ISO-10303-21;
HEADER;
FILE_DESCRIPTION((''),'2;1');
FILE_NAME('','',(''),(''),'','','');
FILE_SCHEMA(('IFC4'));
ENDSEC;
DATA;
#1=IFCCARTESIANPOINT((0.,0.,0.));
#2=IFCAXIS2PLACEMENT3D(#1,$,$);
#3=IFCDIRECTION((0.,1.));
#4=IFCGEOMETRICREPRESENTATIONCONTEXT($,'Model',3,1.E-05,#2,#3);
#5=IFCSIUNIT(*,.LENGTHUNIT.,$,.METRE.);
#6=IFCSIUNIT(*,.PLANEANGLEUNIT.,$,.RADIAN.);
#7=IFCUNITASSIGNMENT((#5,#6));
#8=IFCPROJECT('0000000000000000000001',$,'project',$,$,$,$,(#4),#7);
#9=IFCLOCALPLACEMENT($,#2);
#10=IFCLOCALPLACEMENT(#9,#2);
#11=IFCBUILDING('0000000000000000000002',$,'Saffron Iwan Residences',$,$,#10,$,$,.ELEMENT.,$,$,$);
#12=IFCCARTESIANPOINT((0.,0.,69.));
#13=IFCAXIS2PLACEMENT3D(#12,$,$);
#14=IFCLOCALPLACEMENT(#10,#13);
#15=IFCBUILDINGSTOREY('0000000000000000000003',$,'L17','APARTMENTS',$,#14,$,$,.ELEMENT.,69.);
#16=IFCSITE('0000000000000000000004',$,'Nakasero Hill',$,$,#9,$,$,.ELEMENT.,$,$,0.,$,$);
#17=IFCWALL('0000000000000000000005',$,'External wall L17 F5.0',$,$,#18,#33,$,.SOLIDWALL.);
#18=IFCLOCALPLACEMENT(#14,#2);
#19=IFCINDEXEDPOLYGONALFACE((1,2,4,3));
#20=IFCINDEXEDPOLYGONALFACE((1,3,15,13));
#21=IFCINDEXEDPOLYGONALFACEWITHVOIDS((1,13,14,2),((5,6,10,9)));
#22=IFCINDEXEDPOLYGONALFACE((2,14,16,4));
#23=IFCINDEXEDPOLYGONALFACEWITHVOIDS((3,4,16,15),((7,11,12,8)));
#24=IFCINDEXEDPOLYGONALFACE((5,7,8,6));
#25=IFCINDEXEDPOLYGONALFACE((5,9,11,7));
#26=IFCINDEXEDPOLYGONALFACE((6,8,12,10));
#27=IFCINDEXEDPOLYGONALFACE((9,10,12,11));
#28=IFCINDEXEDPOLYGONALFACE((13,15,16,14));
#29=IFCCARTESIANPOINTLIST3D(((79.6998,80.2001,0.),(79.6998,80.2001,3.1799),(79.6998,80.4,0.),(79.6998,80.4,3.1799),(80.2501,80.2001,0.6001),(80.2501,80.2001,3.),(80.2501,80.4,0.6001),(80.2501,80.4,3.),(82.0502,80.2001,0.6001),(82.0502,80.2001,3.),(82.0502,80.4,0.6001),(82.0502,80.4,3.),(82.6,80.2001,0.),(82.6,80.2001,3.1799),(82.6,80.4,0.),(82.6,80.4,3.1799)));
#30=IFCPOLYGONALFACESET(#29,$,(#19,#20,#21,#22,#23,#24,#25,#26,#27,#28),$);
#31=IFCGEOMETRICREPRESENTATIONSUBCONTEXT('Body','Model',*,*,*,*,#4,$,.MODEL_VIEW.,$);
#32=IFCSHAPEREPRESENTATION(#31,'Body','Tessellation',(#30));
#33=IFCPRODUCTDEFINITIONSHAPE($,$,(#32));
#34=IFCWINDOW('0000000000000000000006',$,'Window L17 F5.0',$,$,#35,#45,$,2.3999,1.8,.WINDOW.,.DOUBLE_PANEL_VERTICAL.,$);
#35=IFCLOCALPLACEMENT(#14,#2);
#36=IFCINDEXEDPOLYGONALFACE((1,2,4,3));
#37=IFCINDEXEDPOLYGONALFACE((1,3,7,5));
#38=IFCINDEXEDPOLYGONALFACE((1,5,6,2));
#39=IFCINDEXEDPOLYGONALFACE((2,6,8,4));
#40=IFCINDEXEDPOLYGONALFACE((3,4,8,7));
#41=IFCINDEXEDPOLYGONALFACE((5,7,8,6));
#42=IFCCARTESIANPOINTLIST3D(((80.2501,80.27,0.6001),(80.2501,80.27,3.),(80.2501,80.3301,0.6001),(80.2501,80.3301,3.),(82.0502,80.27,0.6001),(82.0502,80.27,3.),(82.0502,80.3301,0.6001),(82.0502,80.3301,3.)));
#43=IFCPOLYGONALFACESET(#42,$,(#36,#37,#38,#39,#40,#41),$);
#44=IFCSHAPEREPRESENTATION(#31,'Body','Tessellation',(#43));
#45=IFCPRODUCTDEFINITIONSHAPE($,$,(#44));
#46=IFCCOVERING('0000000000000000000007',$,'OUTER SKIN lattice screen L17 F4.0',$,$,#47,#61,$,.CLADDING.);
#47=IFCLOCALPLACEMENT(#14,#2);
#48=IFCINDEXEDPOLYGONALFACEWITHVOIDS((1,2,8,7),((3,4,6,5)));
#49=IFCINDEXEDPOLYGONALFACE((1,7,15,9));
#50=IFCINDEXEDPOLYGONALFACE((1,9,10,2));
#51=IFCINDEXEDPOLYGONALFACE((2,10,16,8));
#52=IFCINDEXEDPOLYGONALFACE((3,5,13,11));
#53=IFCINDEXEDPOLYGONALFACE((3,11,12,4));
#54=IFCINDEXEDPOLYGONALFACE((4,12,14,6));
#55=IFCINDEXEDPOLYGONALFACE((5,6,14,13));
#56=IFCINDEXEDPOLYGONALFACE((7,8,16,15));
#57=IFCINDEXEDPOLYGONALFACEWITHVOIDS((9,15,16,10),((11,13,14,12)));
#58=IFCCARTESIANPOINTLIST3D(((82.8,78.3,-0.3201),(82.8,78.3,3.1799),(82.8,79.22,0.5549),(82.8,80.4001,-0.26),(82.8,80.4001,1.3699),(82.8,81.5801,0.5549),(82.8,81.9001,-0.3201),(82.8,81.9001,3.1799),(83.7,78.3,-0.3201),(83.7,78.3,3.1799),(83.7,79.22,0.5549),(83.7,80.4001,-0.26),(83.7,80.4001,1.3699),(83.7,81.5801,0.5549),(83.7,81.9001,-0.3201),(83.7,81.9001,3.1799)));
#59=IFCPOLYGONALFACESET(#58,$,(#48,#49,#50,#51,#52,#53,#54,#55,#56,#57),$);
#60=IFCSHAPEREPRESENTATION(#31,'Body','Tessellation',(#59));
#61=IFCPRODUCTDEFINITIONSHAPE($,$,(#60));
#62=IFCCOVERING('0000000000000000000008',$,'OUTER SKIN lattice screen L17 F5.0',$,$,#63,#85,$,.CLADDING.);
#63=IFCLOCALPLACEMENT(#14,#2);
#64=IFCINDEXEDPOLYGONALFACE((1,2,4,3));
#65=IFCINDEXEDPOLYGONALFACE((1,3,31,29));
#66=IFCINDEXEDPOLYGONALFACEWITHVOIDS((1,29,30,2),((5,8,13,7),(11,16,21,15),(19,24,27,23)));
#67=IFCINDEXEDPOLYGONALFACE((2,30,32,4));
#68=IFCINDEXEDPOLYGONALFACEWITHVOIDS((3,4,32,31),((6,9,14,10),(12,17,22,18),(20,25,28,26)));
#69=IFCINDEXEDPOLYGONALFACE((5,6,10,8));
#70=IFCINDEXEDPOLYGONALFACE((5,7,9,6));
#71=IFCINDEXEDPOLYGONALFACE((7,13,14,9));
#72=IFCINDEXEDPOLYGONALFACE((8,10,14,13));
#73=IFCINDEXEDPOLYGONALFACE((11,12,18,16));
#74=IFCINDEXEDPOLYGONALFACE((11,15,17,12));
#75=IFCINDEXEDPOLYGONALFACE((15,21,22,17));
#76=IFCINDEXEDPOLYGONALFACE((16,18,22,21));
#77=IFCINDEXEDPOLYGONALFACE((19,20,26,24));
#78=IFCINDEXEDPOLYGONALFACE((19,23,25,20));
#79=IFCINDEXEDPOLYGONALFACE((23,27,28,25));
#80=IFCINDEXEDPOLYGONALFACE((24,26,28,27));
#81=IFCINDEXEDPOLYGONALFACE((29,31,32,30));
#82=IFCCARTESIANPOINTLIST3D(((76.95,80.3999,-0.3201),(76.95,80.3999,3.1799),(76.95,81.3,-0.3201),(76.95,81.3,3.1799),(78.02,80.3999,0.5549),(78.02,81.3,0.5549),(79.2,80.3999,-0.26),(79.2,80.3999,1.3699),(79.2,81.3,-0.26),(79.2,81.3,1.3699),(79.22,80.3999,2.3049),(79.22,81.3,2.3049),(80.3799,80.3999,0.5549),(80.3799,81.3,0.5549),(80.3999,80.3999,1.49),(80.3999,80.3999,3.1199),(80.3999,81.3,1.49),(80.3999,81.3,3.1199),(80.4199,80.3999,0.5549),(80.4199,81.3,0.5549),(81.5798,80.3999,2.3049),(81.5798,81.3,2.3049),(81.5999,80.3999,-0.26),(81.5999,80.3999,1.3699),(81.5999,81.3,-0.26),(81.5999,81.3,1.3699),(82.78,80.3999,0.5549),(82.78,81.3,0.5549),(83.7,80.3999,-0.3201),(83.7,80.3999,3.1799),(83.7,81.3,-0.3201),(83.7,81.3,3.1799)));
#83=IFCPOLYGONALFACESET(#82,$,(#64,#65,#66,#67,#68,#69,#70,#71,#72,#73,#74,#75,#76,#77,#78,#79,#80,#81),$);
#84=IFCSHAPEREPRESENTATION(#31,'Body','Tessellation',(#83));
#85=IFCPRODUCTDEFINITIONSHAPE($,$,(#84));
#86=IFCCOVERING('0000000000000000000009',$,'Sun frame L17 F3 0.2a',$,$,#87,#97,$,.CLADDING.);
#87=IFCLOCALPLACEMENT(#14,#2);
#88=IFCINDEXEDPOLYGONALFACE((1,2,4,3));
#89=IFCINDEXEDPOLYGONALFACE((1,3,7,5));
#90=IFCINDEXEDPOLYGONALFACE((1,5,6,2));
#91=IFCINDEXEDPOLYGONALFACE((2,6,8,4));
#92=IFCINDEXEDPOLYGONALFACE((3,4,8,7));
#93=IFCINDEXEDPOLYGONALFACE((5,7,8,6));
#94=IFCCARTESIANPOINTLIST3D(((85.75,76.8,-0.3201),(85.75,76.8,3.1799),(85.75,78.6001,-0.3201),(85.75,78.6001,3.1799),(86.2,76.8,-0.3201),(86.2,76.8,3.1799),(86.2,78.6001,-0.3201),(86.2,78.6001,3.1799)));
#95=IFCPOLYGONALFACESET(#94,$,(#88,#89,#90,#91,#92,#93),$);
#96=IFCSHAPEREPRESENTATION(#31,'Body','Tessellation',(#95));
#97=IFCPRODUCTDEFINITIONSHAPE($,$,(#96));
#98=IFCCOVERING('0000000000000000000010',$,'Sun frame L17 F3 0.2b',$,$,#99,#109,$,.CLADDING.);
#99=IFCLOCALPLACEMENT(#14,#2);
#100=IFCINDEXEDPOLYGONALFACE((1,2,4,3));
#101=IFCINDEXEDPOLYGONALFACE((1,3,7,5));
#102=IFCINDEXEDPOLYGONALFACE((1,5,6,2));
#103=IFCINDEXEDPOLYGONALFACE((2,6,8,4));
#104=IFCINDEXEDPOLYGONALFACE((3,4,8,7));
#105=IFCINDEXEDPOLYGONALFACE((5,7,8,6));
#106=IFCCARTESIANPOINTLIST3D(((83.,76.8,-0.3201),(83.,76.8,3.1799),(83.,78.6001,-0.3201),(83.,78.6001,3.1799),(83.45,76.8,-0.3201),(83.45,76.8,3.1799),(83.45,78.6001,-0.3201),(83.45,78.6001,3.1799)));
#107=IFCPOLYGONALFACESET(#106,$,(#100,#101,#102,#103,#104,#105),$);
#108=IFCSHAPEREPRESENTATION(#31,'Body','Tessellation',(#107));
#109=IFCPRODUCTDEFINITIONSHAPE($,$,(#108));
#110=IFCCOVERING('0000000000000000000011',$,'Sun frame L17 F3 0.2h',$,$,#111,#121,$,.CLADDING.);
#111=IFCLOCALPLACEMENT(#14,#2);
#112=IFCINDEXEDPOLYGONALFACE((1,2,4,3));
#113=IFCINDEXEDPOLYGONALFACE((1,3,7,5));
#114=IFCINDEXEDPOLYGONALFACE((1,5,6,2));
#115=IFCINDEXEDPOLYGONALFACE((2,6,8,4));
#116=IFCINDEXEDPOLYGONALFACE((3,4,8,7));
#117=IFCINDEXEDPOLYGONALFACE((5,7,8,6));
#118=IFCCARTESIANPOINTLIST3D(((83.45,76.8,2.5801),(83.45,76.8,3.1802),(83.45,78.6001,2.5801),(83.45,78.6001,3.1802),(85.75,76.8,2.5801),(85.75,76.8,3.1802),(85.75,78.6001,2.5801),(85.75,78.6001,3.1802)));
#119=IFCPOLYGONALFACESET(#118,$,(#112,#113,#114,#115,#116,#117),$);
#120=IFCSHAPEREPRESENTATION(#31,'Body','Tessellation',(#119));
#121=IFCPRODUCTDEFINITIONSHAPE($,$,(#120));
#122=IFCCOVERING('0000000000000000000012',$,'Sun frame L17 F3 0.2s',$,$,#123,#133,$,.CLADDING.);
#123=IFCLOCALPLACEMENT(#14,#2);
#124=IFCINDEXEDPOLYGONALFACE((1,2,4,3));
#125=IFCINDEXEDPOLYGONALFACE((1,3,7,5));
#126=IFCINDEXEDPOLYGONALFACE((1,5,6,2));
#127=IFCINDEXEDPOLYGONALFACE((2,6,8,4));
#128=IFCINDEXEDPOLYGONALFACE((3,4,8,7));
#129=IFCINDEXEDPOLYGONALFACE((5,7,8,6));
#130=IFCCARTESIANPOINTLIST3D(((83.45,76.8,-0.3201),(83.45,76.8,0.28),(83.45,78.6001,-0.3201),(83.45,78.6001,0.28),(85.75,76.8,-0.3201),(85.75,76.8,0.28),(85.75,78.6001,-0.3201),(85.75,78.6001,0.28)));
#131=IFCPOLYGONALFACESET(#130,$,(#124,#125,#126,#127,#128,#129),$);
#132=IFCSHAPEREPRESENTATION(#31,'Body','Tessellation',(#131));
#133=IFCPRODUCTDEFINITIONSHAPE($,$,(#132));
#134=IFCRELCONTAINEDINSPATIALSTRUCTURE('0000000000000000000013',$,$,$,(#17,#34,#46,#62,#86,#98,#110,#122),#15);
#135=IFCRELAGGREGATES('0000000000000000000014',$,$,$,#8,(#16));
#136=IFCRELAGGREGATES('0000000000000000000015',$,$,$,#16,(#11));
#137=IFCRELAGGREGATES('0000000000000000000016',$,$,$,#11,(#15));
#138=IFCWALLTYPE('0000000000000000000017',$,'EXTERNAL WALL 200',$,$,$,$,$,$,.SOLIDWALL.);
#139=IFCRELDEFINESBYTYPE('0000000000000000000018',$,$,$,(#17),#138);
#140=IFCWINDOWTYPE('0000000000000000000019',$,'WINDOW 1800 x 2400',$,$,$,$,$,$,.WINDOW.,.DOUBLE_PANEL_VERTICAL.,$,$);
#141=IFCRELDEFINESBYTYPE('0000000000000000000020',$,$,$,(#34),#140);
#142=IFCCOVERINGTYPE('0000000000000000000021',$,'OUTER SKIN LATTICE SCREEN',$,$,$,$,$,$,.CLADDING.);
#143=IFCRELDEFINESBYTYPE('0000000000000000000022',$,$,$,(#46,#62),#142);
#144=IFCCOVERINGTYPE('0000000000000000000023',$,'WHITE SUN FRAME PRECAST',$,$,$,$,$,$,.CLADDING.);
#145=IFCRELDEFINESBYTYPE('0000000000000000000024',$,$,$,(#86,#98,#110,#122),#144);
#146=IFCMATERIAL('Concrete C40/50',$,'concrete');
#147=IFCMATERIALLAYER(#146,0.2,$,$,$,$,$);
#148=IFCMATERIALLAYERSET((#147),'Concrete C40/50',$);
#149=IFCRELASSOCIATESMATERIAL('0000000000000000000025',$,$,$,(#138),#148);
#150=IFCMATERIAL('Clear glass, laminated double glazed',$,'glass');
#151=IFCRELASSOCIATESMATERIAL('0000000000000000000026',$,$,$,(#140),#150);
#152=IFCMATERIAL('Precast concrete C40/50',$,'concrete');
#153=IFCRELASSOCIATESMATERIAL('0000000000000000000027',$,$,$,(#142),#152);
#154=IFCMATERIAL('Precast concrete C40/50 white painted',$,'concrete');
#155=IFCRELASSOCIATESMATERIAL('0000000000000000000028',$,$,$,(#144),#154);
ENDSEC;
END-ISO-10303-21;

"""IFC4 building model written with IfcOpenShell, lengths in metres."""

from ifc_helpers import new_model, si_unit, direction, frame, frame_2d, origin, place, context, subcontext, project, spatial, polyline, rectangle, outline, extrude, material, layer, layer_set, type_object, element, fill, save


model = new_model("IFC4")

# Units and contexts
model_context = context("Model", 3, precision=1e-05, world=origin(), true_north=direction((0.0, 1.0)))
body_context = subcontext(model_context, "Body", "Model", "MODEL_VIEW")
ifc_project = project(units=[si_unit("LENGTHUNIT", "METRE"), si_unit("PLANEANGLEUNIT", "RADIAN")], contexts=[model_context])

# Site, building, storey
site_placement = place(None, origin())
site = spatial("IfcSite", under=ifc_project, at=site_placement, Name="Nakasero Hill", CompositionType="ELEMENT", RefElevation=0.0)
building_placement = place(site_placement, origin())
building = spatial("IfcBuilding", under=site, at=building_placement, Name="Saffron Iwan Residences", CompositionType="ELEMENT")
storey_placement = place(building_placement, frame((0.0, 0.0, 69.0)))
storey = spatial("IfcBuildingStorey", under=building, at=storey_placement, Name="L17", Description="APARTMENTS", CompositionType="ELEMENT", Elevation=69.0)

# Shared definitions
ifc_material_1 = material(Name="Concrete C40/50", Category="concrete")
ifc_layer = layer(ifc_material_1, 0.2)
ifc_layer_set = layer_set([ifc_layer], Name="Concrete C40/50")
wall_type = type_object("IfcWallType", Name="EXTERNAL WALL 200", PredefinedType="SOLIDWALL", material=ifc_layer_set)
ifc_material_2 = material(Name="Clear glass, laminated double glazed", Category="glass")
window_type_1 = type_object("IfcWindowType", Name="WINDOW 1800 x 2400", PartitioningType="DOUBLE_PANEL_VERTICAL", PredefinedType="WINDOW", material=ifc_material_2)

# Wall, opening, window
wall_1_placement = place(storey_placement, frame((82.6001, 80.3, 0.0), z_axis=(0.0, 0.0, 1.0), x_axis=(-1.0, 0.0, 0.0)))
wall_1 = element("IfcWall", 1, at=wall_1_placement, inside=storey, type_object=wall_type, Name="External wall L17 F5.0", PredefinedType="SOLIDWALL", context=body_context, shape_type="SweptSolid", body=[
    extrude(rectangle(XDim=2.9001, YDim=0.2, at=frame_2d((1.4502, 0.0))), origin(), (0.0, 0.0, 1.0), 3.1799),
])
opening_1_placement = place(wall_1_placement, frame((0.55, 0.0, 0.6001)))
opening_1 = element("IfcOpeningElement", 2, at=opening_1_placement, cuts=wall_1, PredefinedType="OPENING", context=body_context, shape_type="SweptSolid", body=[
    extrude(rectangle(XDim=1.8, YDim=2.3999, at=frame_2d((0.8999, 1.2))), frame((0.0, 0.1099, 0.0), z_axis=(0.0, -1.0, 0.0), x_axis=(1.0, 0.0, 0.0)), (0.0, 0.0, 1.0), 0.22),
])
window_1_placement = place(opening_1_placement, origin())
window_1 = element("IfcWindow", 3, at=window_1_placement, inside=storey, type_object=window_type_1, Name="Window L17 F5.0", OverallHeight=2.3999, OverallWidth=1.8, PartitioningType="DOUBLE_PANEL_VERTICAL", PredefinedType="WINDOW", context=body_context, shape_type="SweptSolid", body=[
    extrude(rectangle(XDim=1.8, YDim=2.3999, at=frame_2d((0.8999, 1.2))), frame((0.0, 0.03, 0.0), z_axis=(0.0, -1.0, 0.0), x_axis=(1.0, 0.0, 0.0)), (0.0, 0.0, 1.0), 0.0601),
])
fill(opening_1, window_1)

# Coverings
ifc_material_3 = material(Name="Precast concrete C40/50", Category="concrete")
covering_type_1 = type_object("IfcCoveringType", Name="OUTER SKIN LATTICE SCREEN", PredefinedType="CLADDING", material=ifc_material_3)
covering_1_placement = place(storey_placement, frame((82.8, 78.3, -0.3201), z_axis=(1.0, 0.0, 0.0), x_axis=(0.0, 1.0, 0.0)))
element("IfcCovering", 4, at=covering_1_placement, inside=storey, type_object=covering_type_1, Name="OUTER SKIN lattice screen L17 F4.0", PredefinedType="CLADDING", context=body_context, shape_type="SweptSolid", body=[
    extrude(outline(polyline([(0.0, 0.0), (3.6001, 0.0), (3.6001, 3.5), (0.0, 3.5), (0.0, 0.0)]), holes=[polyline([(0.9199, 0.875), (2.1001, 0.0601), (3.28, 0.875), (2.1001, 1.6899), (0.9199, 0.875)])]), origin(), (0.0, 0.0, 1.0), 0.8999),
])
covering_2_placement = place(storey_placement, frame((83.7, 80.3999, -0.3201), z_axis=(0.0, 1.0, 0.0), x_axis=(-1.0, 0.0, 0.0)))
element("IfcCovering", 5, at=covering_2_placement, inside=storey, type_object=covering_type_1, Name="OUTER SKIN lattice screen L17 F5.0", PredefinedType="CLADDING", context=body_context, shape_type="SweptSolid", body=[
    extrude(outline(polyline([(0.0, 0.0), (6.75, 0.0), (6.75, 3.5), (0.0, 3.5), (0.0, 0.0)]), holes=[polyline([(0.9199, 0.875), (2.1001, 0.0601), (3.28, 0.875), (2.1001, 1.6899), (0.9199, 0.875)]), polyline([(3.3201, 0.875), (4.5, 0.0601), (5.6799, 0.875), (4.5, 1.6899), (3.3201, 0.875)]), polyline([(2.1201, 2.625), (3.3, 1.8101), (4.48, 2.625), (3.3, 3.4399), (2.1201, 2.625)])]), origin(), (0.0, 0.0, 1.0), 0.9001),
])
ifc_material_4 = material(Name="Precast concrete C40/50 white painted", Category="concrete")
covering_type_2 = type_object("IfcCoveringType", Name="WHITE SUN FRAME PRECAST", PredefinedType="CLADDING", material=ifc_material_4)
for number, where, z_axis, x_axis, name in (
    (6, (86.2, 76.8, -0.3201), (0.0, 1.0, 0.0), (-1.0, 0.0, 0.0), "Sun frame L17 F3 0.2a"),
    (7, (83.45, 76.8, -0.3201), (0.0, 1.0, 0.0), (-1.0, 0.0, 0.0), "Sun frame L17 F3 0.2b"),
):
    element("IfcCovering", number, at=place(storey_placement, frame(where, z_axis=z_axis, x_axis=x_axis)), inside=storey, type_object=covering_type_2, Name=name, PredefinedType="CLADDING", context=body_context, shape_type="SweptSolid", body=[
        extrude(outline(polyline([(0.0, 0.0), (0.45, 0.0), (0.45, 3.5), (0.0, 3.5), (0.0, 0.0)])), origin(), (0.0, 0.0, 1.0), 1.8),
    ])
for number, where, z_axis, x_axis, name in (
    (8, (85.75, 76.8, 2.5801), (0.0, 1.0, 0.0), (-1.0, 0.0, 0.0), "Sun frame L17 F3 0.2h"),
    (9, (85.75, 76.8, -0.3201), (0.0, 1.0, 0.0), (-1.0, 0.0, 0.0), "Sun frame L17 F3 0.2s"),
):
    element("IfcCovering", number, at=place(storey_placement, frame(where, z_axis=z_axis, x_axis=x_axis)), inside=storey, type_object=covering_type_2, Name=name, PredefinedType="CLADDING", context=body_context, shape_type="SweptSolid", body=[
        extrude(outline(polyline([(0.0, 0.0), (2.3, 0.0), (2.3, 0.6001), (0.0, 0.6001), (0.0, 0.0)])), origin(), (0.0, 0.0, 1.0), 1.8),
    ])

save(model, "model.ifc")
